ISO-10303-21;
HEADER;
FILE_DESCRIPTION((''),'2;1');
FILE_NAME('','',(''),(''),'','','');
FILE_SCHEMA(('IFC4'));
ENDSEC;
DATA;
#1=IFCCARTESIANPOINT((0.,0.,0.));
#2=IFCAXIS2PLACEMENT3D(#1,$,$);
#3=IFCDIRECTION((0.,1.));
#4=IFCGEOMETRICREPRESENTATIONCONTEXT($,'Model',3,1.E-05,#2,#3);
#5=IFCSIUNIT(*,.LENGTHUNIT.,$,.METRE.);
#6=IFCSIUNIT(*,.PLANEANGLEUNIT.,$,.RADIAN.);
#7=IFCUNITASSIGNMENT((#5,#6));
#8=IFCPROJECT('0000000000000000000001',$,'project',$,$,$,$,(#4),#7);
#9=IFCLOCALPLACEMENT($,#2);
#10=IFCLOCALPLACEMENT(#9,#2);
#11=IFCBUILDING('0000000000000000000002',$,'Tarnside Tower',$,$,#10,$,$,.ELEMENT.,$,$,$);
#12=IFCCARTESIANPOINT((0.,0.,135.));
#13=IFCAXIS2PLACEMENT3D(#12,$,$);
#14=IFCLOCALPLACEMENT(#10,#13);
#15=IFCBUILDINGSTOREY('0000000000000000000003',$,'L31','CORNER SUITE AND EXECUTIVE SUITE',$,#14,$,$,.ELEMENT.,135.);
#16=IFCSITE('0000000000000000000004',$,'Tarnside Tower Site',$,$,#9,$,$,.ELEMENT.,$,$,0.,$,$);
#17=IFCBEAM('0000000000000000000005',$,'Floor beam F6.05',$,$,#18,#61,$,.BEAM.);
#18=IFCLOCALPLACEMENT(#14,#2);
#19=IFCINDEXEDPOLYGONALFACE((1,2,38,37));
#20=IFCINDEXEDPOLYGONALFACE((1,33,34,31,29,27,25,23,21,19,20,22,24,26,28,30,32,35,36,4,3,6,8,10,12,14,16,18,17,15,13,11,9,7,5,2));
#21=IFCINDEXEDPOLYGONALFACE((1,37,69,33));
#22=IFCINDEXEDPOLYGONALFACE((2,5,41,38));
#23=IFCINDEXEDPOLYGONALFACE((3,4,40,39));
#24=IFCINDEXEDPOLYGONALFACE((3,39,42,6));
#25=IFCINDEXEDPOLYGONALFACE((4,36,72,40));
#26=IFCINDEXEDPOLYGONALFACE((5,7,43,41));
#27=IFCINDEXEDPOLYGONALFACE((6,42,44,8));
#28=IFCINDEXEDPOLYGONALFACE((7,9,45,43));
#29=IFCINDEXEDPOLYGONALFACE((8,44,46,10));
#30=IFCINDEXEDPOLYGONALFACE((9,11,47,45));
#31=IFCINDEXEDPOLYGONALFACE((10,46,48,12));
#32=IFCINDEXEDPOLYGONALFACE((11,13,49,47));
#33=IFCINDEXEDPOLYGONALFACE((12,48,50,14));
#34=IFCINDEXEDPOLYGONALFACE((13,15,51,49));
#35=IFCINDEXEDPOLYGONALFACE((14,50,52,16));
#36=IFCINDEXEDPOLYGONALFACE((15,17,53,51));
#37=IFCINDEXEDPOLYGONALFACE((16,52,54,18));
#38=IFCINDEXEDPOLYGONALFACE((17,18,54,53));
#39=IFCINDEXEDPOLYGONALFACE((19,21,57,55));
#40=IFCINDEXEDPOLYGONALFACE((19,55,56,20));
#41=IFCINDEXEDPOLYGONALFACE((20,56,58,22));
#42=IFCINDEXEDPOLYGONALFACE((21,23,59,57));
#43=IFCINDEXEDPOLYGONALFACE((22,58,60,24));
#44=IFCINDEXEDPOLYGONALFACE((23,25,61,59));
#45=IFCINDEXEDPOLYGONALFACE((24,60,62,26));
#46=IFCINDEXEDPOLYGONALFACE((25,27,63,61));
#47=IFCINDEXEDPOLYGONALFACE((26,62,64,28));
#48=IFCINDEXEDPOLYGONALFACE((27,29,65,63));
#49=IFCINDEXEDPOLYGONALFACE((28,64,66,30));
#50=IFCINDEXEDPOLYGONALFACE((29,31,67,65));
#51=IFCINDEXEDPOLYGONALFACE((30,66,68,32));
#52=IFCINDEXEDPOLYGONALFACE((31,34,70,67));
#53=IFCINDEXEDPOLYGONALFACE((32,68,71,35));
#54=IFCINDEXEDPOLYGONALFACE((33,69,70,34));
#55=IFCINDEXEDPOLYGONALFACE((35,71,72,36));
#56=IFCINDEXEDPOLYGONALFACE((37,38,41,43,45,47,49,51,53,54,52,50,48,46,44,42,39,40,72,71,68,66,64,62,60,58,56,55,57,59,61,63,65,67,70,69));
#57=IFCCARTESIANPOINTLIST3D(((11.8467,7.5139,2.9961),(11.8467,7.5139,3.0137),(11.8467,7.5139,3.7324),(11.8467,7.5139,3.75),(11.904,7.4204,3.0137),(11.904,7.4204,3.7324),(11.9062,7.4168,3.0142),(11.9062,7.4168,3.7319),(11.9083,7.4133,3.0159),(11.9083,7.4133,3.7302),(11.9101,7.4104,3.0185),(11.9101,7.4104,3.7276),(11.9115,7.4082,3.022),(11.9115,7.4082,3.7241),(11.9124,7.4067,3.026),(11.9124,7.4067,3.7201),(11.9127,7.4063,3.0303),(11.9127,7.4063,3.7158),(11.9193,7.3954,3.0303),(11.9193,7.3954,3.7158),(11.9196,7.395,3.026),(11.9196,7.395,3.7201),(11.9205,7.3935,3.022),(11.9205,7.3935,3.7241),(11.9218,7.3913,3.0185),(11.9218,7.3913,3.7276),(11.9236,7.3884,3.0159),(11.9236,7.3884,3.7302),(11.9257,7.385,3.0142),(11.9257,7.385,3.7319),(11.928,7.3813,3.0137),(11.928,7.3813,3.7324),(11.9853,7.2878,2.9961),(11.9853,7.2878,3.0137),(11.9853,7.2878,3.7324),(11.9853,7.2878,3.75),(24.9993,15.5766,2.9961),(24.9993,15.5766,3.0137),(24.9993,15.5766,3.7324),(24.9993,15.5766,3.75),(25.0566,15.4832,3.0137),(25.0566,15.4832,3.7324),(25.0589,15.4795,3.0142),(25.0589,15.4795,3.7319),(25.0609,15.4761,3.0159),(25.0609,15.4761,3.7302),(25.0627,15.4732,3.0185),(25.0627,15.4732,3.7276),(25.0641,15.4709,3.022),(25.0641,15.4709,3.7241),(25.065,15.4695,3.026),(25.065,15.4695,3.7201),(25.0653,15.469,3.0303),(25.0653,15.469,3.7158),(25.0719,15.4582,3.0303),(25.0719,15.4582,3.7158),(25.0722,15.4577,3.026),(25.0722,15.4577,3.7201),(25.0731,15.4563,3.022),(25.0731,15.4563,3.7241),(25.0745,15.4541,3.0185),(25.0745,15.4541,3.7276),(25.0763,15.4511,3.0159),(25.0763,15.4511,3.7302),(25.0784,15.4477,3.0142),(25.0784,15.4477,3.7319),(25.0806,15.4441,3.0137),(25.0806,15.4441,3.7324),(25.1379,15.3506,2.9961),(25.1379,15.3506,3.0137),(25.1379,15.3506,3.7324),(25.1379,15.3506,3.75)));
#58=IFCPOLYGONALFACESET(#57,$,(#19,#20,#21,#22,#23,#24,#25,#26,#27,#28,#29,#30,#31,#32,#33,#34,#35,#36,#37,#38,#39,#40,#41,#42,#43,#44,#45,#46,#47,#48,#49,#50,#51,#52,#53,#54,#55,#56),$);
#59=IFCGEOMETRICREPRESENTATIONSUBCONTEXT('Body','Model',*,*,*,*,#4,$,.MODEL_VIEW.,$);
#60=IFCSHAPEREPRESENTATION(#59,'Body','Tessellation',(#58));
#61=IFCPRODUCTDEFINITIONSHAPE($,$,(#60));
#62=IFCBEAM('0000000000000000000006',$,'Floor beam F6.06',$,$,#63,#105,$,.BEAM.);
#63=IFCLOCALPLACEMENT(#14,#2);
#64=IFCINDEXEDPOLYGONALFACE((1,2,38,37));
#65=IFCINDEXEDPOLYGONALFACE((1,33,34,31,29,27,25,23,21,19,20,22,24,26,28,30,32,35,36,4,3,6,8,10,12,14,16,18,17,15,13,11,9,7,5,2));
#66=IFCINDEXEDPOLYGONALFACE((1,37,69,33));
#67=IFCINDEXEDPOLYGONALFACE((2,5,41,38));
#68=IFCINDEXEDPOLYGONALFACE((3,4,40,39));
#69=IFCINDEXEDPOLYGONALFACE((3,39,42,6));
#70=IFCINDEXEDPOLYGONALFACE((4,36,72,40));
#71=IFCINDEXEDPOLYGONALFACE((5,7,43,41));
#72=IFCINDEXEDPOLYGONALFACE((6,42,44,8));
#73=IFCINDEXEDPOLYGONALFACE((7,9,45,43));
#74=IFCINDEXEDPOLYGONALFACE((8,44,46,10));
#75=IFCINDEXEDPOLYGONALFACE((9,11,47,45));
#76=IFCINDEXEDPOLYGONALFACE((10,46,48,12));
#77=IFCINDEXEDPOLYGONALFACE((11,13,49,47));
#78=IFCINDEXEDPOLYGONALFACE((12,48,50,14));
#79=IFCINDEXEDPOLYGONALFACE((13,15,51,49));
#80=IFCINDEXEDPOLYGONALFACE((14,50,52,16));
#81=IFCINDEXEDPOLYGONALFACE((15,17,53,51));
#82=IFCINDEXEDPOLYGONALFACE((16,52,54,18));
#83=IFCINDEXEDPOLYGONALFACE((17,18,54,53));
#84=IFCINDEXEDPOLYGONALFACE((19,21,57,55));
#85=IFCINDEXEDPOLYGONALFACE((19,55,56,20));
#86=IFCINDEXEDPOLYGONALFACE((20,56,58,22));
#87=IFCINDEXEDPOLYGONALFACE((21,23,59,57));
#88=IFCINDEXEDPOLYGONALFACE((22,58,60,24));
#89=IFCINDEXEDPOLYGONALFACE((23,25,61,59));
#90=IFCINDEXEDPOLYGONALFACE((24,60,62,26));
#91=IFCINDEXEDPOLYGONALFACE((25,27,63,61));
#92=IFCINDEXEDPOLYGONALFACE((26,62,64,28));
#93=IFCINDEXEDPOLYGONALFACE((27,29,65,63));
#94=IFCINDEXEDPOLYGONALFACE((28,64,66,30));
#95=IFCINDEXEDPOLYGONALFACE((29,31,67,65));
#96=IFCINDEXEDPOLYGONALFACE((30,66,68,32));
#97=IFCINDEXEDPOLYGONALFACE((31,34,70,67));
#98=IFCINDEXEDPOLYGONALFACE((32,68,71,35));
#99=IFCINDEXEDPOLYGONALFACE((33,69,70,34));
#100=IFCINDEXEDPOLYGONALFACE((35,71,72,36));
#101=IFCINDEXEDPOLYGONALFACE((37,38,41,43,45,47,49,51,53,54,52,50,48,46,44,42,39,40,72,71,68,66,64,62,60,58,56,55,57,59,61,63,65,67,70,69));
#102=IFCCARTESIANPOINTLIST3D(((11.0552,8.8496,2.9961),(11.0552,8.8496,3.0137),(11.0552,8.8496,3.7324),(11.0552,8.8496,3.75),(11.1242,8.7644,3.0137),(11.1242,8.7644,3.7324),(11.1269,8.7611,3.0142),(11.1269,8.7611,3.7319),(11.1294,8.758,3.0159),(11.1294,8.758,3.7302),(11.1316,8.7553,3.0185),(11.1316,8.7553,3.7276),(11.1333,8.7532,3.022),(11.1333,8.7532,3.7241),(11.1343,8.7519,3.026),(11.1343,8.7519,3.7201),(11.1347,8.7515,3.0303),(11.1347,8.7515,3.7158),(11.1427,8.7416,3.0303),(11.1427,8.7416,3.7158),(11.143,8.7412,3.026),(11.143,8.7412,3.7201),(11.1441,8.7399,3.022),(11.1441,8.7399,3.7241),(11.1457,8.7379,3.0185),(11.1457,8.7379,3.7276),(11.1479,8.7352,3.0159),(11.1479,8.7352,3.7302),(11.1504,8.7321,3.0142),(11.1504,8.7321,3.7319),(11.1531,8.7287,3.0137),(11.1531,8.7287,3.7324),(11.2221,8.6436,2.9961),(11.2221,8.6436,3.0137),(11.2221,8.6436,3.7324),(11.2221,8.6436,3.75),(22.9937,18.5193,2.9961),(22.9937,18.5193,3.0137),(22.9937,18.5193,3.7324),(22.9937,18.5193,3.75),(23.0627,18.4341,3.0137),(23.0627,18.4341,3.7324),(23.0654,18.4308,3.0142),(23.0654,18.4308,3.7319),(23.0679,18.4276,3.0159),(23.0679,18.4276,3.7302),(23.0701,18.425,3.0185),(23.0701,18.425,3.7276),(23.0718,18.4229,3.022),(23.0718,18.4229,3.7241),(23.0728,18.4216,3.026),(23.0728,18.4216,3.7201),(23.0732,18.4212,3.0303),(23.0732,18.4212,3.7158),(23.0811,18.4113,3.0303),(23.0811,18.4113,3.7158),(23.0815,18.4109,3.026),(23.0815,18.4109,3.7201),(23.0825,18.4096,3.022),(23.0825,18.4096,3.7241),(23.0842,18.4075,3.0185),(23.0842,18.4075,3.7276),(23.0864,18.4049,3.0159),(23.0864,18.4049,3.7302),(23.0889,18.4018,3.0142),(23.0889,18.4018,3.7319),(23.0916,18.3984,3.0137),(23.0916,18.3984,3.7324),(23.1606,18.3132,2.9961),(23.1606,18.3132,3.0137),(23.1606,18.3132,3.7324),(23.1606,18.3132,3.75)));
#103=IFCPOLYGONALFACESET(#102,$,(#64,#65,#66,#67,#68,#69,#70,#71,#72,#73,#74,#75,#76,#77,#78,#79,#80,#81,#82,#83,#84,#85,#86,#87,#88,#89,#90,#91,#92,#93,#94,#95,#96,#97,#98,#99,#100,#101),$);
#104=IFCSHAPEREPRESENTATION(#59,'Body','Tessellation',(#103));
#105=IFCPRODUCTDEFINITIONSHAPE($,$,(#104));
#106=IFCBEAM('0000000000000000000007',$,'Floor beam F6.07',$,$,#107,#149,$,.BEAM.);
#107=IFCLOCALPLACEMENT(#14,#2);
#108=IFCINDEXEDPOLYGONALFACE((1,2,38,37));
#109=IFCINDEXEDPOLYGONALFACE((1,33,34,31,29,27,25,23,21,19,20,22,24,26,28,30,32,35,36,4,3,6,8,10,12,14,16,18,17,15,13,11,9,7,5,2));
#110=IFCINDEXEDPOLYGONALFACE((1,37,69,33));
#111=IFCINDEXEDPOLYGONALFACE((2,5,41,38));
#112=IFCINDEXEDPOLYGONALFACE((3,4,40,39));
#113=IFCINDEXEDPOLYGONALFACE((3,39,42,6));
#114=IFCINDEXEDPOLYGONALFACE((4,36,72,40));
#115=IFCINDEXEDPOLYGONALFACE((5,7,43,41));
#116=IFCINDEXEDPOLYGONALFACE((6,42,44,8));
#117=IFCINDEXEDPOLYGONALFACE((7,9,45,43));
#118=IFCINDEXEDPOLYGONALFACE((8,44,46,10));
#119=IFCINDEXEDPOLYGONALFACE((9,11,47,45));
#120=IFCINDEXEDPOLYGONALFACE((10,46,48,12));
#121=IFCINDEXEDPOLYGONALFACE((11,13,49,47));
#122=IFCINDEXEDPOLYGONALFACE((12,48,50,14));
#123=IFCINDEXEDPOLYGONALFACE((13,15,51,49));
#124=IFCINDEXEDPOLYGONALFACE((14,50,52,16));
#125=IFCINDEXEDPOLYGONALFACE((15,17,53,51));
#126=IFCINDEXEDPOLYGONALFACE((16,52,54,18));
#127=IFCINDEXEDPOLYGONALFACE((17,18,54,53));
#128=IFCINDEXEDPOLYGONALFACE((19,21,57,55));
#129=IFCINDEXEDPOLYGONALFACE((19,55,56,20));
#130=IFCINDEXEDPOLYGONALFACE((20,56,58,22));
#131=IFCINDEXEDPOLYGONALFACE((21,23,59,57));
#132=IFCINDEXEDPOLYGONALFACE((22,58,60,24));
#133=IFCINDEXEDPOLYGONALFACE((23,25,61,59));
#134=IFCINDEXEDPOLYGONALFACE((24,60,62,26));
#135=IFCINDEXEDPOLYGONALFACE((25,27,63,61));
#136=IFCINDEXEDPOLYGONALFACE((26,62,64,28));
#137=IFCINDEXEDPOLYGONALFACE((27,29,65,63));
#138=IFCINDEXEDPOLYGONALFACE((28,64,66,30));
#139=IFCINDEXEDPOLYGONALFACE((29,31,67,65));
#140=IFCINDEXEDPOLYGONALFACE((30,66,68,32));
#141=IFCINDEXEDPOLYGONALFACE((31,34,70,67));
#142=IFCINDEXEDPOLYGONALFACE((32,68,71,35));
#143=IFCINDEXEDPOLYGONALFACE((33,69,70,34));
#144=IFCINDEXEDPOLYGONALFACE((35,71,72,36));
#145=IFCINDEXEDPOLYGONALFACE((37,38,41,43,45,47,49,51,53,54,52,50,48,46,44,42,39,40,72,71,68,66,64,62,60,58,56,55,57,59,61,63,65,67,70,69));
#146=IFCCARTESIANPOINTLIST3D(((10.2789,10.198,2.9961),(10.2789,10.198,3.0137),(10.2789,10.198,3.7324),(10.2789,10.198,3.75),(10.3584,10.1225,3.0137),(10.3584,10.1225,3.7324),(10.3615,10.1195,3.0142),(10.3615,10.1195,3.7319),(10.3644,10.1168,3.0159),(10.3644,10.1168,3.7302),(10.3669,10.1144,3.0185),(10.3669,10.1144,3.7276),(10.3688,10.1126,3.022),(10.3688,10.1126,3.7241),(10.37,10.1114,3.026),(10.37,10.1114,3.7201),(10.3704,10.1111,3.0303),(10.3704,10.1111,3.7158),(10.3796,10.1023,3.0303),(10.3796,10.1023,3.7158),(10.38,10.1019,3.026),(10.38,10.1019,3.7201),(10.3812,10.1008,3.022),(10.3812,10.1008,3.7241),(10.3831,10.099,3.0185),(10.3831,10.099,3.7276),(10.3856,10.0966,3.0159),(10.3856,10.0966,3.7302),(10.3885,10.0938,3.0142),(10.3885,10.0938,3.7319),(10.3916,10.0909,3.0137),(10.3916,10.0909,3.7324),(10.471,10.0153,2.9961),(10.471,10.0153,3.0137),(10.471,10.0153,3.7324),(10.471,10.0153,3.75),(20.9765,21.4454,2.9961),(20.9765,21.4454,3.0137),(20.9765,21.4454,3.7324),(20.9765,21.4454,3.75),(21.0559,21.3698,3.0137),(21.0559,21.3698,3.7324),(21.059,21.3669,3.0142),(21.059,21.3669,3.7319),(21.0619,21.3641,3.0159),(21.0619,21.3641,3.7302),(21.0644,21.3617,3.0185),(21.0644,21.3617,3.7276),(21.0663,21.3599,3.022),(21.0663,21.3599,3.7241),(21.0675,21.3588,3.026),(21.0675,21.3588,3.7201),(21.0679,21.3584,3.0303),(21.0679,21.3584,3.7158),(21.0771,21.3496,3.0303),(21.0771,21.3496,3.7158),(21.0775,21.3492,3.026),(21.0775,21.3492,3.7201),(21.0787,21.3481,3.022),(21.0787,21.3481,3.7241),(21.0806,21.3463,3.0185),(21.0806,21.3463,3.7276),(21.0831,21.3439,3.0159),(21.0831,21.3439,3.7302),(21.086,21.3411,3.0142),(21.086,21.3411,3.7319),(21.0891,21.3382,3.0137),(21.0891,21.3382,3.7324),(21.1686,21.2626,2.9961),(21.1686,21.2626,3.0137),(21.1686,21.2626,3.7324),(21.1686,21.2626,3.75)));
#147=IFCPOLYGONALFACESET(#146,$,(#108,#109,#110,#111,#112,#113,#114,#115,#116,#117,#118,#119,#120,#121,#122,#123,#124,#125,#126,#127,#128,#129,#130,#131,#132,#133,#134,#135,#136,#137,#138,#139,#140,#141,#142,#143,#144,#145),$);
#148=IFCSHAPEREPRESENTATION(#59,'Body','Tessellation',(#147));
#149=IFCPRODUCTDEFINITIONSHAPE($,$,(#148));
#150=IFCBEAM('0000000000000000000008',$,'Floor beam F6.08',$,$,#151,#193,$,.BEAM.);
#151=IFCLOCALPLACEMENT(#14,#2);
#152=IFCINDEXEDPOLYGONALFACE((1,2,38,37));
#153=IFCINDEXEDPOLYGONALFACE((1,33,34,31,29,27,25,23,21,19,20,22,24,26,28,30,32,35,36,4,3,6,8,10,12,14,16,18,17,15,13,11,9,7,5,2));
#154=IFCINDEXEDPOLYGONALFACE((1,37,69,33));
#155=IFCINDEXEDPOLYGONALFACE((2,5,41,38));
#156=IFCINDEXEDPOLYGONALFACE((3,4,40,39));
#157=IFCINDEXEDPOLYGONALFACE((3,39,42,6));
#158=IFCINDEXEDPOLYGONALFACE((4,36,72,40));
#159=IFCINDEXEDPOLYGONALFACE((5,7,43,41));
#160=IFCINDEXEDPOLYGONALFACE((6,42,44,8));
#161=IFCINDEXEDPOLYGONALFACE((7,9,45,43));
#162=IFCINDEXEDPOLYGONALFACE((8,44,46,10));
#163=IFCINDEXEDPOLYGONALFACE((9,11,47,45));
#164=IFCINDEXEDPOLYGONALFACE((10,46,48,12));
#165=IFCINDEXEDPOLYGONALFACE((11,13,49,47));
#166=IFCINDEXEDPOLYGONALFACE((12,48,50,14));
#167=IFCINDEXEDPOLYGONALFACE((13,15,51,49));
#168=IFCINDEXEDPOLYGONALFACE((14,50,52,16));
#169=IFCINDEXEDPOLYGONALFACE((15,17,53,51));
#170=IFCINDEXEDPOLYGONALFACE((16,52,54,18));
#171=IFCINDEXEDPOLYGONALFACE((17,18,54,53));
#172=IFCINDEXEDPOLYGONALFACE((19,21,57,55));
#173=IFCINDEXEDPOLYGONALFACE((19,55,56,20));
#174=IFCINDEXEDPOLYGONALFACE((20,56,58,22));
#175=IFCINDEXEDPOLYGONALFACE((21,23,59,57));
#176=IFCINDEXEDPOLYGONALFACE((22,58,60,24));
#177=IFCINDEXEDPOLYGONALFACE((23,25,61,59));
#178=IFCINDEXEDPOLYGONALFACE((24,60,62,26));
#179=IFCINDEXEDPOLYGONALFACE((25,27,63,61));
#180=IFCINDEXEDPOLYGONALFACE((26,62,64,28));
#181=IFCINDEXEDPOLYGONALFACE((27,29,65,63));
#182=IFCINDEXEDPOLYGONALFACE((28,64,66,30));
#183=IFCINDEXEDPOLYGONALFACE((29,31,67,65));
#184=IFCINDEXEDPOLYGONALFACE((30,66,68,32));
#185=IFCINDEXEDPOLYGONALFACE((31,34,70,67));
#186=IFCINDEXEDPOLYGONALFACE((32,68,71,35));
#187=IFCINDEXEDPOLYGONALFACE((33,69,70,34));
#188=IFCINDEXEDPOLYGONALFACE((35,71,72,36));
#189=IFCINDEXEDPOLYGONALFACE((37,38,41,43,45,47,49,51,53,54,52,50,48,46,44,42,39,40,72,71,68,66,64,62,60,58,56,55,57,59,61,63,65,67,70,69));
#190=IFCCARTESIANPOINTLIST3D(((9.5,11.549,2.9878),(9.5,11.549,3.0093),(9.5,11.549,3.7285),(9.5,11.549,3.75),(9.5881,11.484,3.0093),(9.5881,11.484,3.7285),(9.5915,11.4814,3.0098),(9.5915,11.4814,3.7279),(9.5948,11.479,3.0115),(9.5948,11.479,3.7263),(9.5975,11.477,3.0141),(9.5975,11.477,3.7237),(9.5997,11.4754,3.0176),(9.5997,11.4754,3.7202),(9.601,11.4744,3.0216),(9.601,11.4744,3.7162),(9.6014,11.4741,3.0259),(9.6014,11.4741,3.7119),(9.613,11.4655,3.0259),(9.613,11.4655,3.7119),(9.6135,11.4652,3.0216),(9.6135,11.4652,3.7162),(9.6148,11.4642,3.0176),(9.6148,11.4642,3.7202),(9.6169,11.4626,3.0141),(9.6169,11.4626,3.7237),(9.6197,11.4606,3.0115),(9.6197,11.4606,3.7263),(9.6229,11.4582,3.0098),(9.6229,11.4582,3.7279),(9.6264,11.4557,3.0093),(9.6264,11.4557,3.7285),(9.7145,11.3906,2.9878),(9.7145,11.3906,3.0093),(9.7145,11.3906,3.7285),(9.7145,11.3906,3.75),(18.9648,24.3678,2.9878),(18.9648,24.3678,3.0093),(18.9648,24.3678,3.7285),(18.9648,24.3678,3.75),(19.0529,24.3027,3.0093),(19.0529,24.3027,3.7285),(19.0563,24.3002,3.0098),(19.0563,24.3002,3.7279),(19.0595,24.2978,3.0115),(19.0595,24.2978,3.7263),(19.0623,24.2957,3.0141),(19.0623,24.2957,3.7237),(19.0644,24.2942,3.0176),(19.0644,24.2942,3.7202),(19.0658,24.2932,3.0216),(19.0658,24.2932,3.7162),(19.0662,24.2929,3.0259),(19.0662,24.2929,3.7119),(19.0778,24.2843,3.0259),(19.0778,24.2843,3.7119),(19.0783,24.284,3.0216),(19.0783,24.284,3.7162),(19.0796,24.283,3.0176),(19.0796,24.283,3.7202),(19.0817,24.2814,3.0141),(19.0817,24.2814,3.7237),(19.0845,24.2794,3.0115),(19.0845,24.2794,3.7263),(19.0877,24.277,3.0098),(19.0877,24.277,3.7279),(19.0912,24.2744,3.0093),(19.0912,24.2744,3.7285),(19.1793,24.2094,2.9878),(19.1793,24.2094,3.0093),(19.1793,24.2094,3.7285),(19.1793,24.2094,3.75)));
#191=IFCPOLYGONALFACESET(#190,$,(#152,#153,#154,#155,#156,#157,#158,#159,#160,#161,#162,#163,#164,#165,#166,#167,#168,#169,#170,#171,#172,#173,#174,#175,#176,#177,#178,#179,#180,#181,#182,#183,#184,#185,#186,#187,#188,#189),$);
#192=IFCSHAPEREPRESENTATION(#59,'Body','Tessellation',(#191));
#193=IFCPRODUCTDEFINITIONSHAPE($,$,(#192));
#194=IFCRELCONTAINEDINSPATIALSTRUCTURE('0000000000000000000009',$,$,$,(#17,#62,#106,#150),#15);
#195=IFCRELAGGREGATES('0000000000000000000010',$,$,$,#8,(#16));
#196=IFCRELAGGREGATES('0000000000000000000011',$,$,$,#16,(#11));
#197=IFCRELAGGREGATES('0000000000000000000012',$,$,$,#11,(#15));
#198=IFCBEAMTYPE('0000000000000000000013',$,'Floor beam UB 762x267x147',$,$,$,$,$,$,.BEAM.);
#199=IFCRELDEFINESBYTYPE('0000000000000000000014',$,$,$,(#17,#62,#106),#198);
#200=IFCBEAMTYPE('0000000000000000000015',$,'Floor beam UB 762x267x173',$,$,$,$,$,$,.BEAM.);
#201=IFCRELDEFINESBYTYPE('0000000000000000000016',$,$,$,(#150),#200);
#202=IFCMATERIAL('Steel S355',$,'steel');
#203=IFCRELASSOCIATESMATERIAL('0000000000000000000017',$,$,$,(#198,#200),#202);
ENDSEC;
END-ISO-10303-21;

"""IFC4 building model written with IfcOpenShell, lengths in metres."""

from ifc_helpers import new_model, si_unit, direction, frame, origin, origin_2d, place, context, subcontext, project, spatial, i_section, extrude, material, material_profile, profile_set, type_object, element, save


model = new_model("IFC4")

# Units and contexts
model_context = context("Model", 3, precision=1e-05, world=origin(), true_north=direction((0.0, 1.0)))
body_context = subcontext(model_context, "Body", "Model", "MODEL_VIEW")
ifc_project = project(units=[si_unit("LENGTHUNIT", "METRE"), si_unit("PLANEANGLEUNIT", "RADIAN")], contexts=[model_context])

# Site, building, storey
site_placement = place(None, origin())
site = spatial("IfcSite", under=ifc_project, at=site_placement, Name="Tarnside Tower Site", CompositionType="ELEMENT", RefElevation=0.0)
building_placement = place(site_placement, origin())
building = spatial("IfcBuilding", under=site, at=building_placement, Name="Tarnside Tower", CompositionType="ELEMENT")
storey_placement = place(building_placement, frame((0.0, 0.0, 135.0)))
storey = spatial("IfcBuildingStorey", under=building, at=storey_placement, Name="L31", Description="CORNER SUITE AND EXECUTIVE SUITE", CompositionType="ELEMENT", Elevation=135.0)

# Beams
ifc_material_1 = material(Name="Steel S355", Category="steel")
ifc_material_profile_1 = material_profile(ifc_material_1, i_section(OverallWidth=0.2651, OverallDepth=0.7539, WebThickness=0.0127, FlangeThickness=0.0176, FilletRadius=0.0166, at=origin_2d()), Name="UB 762x267x147")
ifc_profile_set_1 = profile_set([ifc_material_profile_1], Name="Steel S355")
beam_type_1 = type_object("IfcBeamType", Name="Floor beam UB 762x267x147", PredefinedType="BEAM", material=ifc_profile_set_1)
beam_1_placement = place(storey_placement, frame((25.0686, 15.4636, 3.373), z_axis=(-0.852558, -0.522632, 0.0), x_axis=(0.522632, -0.852558, 0.0)))
element("IfcBeam", 1, at=beam_1_placement, inside=storey, type_object=beam_type_1, Name="Floor beam F6.05", PredefinedType="BEAM", context=body_context, shape_type="SweptSolid", body=[
    extrude(i_section(OverallWidth=0.2651, OverallDepth=0.7539, WebThickness=0.0127, FlangeThickness=0.0176, FilletRadius=0.0166, at=origin_2d()), origin(), (0.0, 0.0, 1.0), 15.4272),
])
beam_2_placement = place(storey_placement, frame((23.0771, 18.4163, 3.373), z_axis=(-0.777079, -0.629403, 0.0), x_axis=(0.629403, -0.777079, 0.0)))
element("IfcBeam", 2, at=beam_2_placement, inside=storey, type_object=beam_type_1, Name="Floor beam F6.06", PredefinedType="BEAM", context=body_context, shape_type="SweptSolid", body=[
    extrude(i_section(OverallWidth=0.2651, OverallDepth=0.7539, WebThickness=0.0127, FlangeThickness=0.0176, FilletRadius=0.0166, at=origin_2d()), origin(), (0.0, 0.0, 1.0), 15.3633),
])
beam_3_placement = place(storey_placement, frame((21.0725, 21.354, 3.373), z_axis=(-0.689175, -0.724595, 0.0), x_axis=(0.724595, -0.689175, 0.0)))
element("IfcBeam", 3, at=beam_3_placement, inside=storey, type_object=beam_type_1, Name="Floor beam F6.07", PredefinedType="BEAM", context=body_context, shape_type="SweptSolid", body=[
    extrude(i_section(OverallWidth=0.2651, OverallDepth=0.7539, WebThickness=0.0127, FlangeThickness=0.0176, FilletRadius=0.0166, at=origin_2d()), origin(), (0.0, 0.0, 1.0), 15.5222),
])
ifc_material_profile_2 = material_profile(ifc_material_1, i_section(OverallWidth=0.2666, OverallDepth=0.7622, WebThickness=0.0144, FlangeThickness=0.0215, FilletRadius=0.0166, at=origin_2d()), Name="UB 762x267x173")
ifc_profile_set_2 = profile_set([ifc_material_profile_2], Name="Steel S355")
beam_type_2 = type_object("IfcBeamType", Name="Floor beam UB 762x267x173", PredefinedType="BEAM", material=ifc_profile_set_2)
beam_4_placement = place(storey_placement, frame((19.072, 24.2886, 3.3689), z_axis=(-0.593987, -0.804475, 0.0), x_axis=(0.804475, -0.593987, 0.0)))
element("IfcBeam", 4, at=beam_4_placement, inside=storey, type_object=beam_type_2, Name="Floor beam F6.08", PredefinedType="BEAM", context=body_context, shape_type="SweptSolid", body=[
    extrude(i_section(OverallWidth=0.2666, OverallDepth=0.7622, WebThickness=0.0144, FlangeThickness=0.0215, FilletRadius=0.0166, at=origin_2d()), origin(), (0.0, 0.0, 1.0), 15.9343),
])

save(model, "model.ifc")
